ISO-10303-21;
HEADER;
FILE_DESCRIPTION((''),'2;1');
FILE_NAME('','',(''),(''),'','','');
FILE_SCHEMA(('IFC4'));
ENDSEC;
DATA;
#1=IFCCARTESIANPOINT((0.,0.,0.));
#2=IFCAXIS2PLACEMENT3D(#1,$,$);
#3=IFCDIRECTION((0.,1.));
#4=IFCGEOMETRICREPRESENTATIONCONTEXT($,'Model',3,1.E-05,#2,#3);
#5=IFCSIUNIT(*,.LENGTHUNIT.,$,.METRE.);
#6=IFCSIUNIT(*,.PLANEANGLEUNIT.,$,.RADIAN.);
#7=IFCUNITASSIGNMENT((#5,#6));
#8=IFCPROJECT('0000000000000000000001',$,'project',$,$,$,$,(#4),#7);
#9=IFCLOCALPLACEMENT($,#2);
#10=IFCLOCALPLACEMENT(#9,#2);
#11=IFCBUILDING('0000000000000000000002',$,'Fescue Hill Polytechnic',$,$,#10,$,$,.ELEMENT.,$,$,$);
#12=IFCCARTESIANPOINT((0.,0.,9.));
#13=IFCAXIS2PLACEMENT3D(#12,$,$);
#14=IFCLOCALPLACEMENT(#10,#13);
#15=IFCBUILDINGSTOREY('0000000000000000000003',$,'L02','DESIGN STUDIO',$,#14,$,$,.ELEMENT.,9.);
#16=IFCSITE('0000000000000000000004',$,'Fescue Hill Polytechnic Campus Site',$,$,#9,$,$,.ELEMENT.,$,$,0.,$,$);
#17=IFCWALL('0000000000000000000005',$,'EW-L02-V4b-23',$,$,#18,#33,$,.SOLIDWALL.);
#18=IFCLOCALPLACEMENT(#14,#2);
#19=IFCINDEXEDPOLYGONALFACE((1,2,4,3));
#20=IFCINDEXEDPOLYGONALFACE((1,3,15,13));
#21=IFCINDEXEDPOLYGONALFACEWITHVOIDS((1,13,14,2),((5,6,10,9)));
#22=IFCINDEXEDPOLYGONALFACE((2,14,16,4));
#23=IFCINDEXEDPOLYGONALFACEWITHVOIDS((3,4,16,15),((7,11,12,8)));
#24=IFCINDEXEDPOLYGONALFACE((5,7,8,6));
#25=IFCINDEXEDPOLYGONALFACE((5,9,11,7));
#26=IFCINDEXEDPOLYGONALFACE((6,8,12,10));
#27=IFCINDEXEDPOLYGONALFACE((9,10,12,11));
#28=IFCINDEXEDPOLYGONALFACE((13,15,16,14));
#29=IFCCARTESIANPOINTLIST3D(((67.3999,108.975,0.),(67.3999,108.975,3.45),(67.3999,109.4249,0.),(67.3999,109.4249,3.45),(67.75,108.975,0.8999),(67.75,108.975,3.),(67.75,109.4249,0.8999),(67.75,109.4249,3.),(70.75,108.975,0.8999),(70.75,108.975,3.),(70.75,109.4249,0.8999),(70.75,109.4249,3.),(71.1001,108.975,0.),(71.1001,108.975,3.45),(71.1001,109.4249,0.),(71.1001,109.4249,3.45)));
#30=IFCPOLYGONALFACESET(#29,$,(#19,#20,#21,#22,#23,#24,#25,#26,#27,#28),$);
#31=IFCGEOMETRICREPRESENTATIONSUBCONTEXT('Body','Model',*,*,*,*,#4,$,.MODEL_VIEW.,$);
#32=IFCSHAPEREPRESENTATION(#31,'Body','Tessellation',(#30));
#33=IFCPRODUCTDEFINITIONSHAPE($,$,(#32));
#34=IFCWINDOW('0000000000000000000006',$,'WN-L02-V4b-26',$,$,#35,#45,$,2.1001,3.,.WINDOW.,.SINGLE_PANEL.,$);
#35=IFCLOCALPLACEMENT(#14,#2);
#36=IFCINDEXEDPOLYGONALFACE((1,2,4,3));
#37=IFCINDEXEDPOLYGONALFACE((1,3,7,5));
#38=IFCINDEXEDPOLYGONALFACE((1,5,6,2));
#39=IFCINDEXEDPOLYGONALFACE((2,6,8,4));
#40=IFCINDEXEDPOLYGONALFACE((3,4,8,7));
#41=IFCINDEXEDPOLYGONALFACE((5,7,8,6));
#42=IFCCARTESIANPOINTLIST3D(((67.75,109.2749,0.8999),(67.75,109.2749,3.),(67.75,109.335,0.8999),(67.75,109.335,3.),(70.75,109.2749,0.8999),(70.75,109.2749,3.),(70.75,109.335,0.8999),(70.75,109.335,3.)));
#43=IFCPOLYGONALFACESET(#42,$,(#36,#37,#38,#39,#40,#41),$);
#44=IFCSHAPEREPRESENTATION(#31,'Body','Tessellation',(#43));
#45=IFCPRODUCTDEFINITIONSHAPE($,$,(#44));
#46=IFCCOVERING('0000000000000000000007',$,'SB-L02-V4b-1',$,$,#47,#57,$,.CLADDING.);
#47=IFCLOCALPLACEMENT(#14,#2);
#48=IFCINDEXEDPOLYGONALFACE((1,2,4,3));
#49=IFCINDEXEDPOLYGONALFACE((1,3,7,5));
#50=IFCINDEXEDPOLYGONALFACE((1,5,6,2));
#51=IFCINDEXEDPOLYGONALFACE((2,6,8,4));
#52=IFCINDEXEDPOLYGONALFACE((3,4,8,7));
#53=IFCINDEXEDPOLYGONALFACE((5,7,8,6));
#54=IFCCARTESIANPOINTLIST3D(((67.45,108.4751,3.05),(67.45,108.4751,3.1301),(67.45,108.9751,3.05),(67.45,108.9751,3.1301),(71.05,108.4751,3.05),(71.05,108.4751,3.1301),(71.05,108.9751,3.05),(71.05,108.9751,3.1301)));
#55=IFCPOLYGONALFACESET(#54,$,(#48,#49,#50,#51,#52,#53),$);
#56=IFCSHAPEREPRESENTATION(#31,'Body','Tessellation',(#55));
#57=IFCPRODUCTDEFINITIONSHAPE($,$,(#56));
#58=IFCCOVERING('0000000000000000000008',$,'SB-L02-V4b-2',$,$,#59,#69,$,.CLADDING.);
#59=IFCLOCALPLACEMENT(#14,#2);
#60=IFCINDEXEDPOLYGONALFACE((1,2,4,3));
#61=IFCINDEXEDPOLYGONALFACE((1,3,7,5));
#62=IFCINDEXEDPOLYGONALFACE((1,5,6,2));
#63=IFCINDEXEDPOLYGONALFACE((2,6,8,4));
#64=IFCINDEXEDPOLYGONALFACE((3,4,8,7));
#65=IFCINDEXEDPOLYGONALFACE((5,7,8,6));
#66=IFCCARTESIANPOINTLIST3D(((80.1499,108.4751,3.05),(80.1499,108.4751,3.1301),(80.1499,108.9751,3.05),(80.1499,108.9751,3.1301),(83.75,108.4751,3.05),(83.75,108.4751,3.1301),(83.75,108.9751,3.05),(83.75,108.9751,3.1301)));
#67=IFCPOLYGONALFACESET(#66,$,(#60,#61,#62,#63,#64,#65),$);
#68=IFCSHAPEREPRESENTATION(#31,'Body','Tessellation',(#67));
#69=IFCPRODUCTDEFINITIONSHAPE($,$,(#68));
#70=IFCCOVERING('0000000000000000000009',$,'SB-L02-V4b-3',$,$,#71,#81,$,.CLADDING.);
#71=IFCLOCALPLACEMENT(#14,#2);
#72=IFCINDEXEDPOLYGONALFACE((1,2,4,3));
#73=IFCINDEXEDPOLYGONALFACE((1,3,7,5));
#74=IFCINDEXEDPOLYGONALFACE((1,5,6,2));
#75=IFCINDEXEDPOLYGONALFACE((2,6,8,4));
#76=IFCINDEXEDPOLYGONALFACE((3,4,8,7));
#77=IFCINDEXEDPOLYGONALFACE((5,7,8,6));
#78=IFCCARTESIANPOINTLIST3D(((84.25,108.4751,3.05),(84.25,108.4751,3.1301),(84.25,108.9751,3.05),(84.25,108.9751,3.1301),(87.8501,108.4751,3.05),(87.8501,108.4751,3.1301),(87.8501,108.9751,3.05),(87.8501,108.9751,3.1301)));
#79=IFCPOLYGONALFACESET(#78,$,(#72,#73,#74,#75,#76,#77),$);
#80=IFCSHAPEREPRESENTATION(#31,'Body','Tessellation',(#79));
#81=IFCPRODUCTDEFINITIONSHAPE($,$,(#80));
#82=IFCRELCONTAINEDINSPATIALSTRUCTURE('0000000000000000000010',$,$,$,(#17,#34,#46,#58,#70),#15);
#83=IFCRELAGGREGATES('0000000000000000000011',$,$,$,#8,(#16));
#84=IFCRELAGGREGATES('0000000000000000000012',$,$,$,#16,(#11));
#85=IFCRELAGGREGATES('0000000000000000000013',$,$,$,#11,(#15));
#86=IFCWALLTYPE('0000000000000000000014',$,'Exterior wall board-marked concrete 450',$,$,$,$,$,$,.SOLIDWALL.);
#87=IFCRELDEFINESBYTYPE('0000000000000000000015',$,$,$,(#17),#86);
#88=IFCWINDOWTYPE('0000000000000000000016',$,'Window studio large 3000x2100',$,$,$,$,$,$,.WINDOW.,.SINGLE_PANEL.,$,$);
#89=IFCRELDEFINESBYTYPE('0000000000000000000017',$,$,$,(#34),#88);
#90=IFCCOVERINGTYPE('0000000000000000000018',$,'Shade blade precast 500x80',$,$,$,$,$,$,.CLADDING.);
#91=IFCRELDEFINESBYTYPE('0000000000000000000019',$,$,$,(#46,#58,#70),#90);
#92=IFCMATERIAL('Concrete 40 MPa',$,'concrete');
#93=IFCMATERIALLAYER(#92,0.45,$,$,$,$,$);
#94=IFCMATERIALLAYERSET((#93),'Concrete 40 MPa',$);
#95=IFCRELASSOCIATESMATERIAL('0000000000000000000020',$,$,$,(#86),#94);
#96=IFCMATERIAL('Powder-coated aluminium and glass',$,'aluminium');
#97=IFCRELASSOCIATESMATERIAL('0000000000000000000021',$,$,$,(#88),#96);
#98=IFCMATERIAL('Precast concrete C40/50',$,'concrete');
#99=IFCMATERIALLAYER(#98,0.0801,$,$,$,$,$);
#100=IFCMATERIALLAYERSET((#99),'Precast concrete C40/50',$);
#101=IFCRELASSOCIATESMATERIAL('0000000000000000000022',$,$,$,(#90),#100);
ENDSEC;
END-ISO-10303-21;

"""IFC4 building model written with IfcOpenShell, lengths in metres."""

from ifc_helpers import new_model, si_unit, direction, frame, frame_2d, origin, origin_2d, place, context, subcontext, project, spatial, rectangle, extrude, material, layer, layer_set, type_object, element, fill, save


model = new_model("IFC4")

# Units and contexts
model_context = context("Model", 3, precision=1e-05, world=origin(), true_north=direction((0.0, 1.0)))
body_context = subcontext(model_context, "Body", "Model", "MODEL_VIEW")
ifc_project = project(units=[si_unit("LENGTHUNIT", "METRE"), si_unit("PLANEANGLEUNIT", "RADIAN")], contexts=[model_context])

# Site, building, storey
site_placement = place(None, origin())
site = spatial("IfcSite", under=ifc_project, at=site_placement, Name="Fescue Hill Polytechnic Campus Site", CompositionType="ELEMENT", RefElevation=0.0)
building_placement = place(site_placement, origin())
building = spatial("IfcBuilding", under=site, at=building_placement, Name="Fescue Hill Polytechnic", CompositionType="ELEMENT")
storey_placement = place(building_placement, frame((0.0, 0.0, 9.0)))
storey = spatial("IfcBuildingStorey", under=building, at=storey_placement, Name="L02", Description="DESIGN STUDIO", CompositionType="ELEMENT", Elevation=9.0)

# Shared definitions
ifc_material_1 = material(Name="Concrete 40 MPa", Category="concrete")

# Wall, opening, window
ifc_layer_1 = layer(ifc_material_1, 0.45)
ifc_layer_set_1 = layer_set([ifc_layer_1], Name="Concrete 40 MPa")
wall_type_1 = type_object("IfcWallType", Name="Exterior wall board-marked concrete 450", PredefinedType="SOLIDWALL", material=ifc_layer_set_1)
wall_1_placement = place(storey_placement, frame((67.3999, 109.2, 0.0), z_axis=(0.0, 0.0, 1.0), x_axis=(1.0, 0.0, 0.0)))
wall_1 = element("IfcWall", 1, at=wall_1_placement, inside=storey, type_object=wall_type_1, Name="EW-L02-V4b-23", PredefinedType="SOLIDWALL", context=body_context, shape_type="SweptSolid", body=[
    extrude(rectangle(XDim=3.7002, YDim=0.45, at=frame_2d((1.8501, 0.0))), origin(), (0.0, 0.0, 1.0), 3.45),
])
opening_placement = place(wall_1_placement, frame((0.3501, 0.0, 0.8999)))
opening = element("IfcOpeningElement", 2, at=opening_placement, cuts=wall_1, PredefinedType="OPENING", context=body_context, shape_type="SweptSolid", body=[
    extrude(rectangle(XDim=3.0, YDim=2.1001, at=frame_2d((1.5, 1.05))), frame((0.0, 0.2349, 0.0), z_axis=(0.0, -1.0, 0.0), x_axis=(1.0, 0.0, 0.0)), (0.0, 0.0, 1.0), 0.47),
])
ifc_material_2 = material(Name="Powder-coated aluminium and glass", Category="aluminium")
window_type = type_object("IfcWindowType", Name="Window studio large 3000x2100", PartitioningType="SINGLE_PANEL", PredefinedType="WINDOW", material=ifc_material_2)
window_placement = place(opening_placement, origin())
window = element("IfcWindow", 3, at=window_placement, inside=storey, type_object=window_type, Name="WN-L02-V4b-26", OverallHeight=2.1001, OverallWidth=3.0, PartitioningType="SINGLE_PANEL", PredefinedType="WINDOW", context=body_context, shape_type="SweptSolid", body=[
    extrude(rectangle(XDim=3.0, YDim=2.1001, at=frame_2d((1.5, 1.05))), frame((0.0, 0.135, 0.0), z_axis=(0.0, -1.0, 0.0), x_axis=(1.0, 0.0, 0.0)), (0.0, 0.0, 1.0), 0.0601),
])
fill(opening, window)

# Coverings
ifc_material_3 = material(Name="Precast concrete C40/50", Category="concrete")
ifc_layer_2 = layer(ifc_material_3, 0.0801)
ifc_layer_set_2 = layer_set([ifc_layer_2], Name="Precast concrete C40/50")
covering_type = type_object("IfcCoveringType", Name="Shade blade precast 500x80", PredefinedType="CLADDING", material=ifc_layer_set_2)
for number, where, z_axis, x_axis, name in (
    (4, (69.25, 108.7251, 3.05), (0.0, 0.0, 1.0), (1.0, 0.0, 0.0), "SB-L02-V4b-1"),
    (5, (81.95, 108.7251, 3.05), (0.0, 0.0, 1.0), (1.0, 0.0, 0.0), "SB-L02-V4b-2"),
    (6, (86.05, 108.7251, 3.05), (0.0, 0.0, 1.0), (1.0, 0.0, 0.0), "SB-L02-V4b-3"),
):
    element("IfcCovering", number, at=place(storey_placement, frame(where, z_axis=z_axis, x_axis=x_axis)), inside=storey, type_object=covering_type, Name=name, PredefinedType="CLADDING", context=body_context, shape_type="SweptSolid", body=[
        extrude(rectangle(XDim=3.6001, YDim=0.5, at=origin_2d()), origin(), (0.0, 0.0, 1.0), 0.0801),
    ])

save(model, "model.ifc")
